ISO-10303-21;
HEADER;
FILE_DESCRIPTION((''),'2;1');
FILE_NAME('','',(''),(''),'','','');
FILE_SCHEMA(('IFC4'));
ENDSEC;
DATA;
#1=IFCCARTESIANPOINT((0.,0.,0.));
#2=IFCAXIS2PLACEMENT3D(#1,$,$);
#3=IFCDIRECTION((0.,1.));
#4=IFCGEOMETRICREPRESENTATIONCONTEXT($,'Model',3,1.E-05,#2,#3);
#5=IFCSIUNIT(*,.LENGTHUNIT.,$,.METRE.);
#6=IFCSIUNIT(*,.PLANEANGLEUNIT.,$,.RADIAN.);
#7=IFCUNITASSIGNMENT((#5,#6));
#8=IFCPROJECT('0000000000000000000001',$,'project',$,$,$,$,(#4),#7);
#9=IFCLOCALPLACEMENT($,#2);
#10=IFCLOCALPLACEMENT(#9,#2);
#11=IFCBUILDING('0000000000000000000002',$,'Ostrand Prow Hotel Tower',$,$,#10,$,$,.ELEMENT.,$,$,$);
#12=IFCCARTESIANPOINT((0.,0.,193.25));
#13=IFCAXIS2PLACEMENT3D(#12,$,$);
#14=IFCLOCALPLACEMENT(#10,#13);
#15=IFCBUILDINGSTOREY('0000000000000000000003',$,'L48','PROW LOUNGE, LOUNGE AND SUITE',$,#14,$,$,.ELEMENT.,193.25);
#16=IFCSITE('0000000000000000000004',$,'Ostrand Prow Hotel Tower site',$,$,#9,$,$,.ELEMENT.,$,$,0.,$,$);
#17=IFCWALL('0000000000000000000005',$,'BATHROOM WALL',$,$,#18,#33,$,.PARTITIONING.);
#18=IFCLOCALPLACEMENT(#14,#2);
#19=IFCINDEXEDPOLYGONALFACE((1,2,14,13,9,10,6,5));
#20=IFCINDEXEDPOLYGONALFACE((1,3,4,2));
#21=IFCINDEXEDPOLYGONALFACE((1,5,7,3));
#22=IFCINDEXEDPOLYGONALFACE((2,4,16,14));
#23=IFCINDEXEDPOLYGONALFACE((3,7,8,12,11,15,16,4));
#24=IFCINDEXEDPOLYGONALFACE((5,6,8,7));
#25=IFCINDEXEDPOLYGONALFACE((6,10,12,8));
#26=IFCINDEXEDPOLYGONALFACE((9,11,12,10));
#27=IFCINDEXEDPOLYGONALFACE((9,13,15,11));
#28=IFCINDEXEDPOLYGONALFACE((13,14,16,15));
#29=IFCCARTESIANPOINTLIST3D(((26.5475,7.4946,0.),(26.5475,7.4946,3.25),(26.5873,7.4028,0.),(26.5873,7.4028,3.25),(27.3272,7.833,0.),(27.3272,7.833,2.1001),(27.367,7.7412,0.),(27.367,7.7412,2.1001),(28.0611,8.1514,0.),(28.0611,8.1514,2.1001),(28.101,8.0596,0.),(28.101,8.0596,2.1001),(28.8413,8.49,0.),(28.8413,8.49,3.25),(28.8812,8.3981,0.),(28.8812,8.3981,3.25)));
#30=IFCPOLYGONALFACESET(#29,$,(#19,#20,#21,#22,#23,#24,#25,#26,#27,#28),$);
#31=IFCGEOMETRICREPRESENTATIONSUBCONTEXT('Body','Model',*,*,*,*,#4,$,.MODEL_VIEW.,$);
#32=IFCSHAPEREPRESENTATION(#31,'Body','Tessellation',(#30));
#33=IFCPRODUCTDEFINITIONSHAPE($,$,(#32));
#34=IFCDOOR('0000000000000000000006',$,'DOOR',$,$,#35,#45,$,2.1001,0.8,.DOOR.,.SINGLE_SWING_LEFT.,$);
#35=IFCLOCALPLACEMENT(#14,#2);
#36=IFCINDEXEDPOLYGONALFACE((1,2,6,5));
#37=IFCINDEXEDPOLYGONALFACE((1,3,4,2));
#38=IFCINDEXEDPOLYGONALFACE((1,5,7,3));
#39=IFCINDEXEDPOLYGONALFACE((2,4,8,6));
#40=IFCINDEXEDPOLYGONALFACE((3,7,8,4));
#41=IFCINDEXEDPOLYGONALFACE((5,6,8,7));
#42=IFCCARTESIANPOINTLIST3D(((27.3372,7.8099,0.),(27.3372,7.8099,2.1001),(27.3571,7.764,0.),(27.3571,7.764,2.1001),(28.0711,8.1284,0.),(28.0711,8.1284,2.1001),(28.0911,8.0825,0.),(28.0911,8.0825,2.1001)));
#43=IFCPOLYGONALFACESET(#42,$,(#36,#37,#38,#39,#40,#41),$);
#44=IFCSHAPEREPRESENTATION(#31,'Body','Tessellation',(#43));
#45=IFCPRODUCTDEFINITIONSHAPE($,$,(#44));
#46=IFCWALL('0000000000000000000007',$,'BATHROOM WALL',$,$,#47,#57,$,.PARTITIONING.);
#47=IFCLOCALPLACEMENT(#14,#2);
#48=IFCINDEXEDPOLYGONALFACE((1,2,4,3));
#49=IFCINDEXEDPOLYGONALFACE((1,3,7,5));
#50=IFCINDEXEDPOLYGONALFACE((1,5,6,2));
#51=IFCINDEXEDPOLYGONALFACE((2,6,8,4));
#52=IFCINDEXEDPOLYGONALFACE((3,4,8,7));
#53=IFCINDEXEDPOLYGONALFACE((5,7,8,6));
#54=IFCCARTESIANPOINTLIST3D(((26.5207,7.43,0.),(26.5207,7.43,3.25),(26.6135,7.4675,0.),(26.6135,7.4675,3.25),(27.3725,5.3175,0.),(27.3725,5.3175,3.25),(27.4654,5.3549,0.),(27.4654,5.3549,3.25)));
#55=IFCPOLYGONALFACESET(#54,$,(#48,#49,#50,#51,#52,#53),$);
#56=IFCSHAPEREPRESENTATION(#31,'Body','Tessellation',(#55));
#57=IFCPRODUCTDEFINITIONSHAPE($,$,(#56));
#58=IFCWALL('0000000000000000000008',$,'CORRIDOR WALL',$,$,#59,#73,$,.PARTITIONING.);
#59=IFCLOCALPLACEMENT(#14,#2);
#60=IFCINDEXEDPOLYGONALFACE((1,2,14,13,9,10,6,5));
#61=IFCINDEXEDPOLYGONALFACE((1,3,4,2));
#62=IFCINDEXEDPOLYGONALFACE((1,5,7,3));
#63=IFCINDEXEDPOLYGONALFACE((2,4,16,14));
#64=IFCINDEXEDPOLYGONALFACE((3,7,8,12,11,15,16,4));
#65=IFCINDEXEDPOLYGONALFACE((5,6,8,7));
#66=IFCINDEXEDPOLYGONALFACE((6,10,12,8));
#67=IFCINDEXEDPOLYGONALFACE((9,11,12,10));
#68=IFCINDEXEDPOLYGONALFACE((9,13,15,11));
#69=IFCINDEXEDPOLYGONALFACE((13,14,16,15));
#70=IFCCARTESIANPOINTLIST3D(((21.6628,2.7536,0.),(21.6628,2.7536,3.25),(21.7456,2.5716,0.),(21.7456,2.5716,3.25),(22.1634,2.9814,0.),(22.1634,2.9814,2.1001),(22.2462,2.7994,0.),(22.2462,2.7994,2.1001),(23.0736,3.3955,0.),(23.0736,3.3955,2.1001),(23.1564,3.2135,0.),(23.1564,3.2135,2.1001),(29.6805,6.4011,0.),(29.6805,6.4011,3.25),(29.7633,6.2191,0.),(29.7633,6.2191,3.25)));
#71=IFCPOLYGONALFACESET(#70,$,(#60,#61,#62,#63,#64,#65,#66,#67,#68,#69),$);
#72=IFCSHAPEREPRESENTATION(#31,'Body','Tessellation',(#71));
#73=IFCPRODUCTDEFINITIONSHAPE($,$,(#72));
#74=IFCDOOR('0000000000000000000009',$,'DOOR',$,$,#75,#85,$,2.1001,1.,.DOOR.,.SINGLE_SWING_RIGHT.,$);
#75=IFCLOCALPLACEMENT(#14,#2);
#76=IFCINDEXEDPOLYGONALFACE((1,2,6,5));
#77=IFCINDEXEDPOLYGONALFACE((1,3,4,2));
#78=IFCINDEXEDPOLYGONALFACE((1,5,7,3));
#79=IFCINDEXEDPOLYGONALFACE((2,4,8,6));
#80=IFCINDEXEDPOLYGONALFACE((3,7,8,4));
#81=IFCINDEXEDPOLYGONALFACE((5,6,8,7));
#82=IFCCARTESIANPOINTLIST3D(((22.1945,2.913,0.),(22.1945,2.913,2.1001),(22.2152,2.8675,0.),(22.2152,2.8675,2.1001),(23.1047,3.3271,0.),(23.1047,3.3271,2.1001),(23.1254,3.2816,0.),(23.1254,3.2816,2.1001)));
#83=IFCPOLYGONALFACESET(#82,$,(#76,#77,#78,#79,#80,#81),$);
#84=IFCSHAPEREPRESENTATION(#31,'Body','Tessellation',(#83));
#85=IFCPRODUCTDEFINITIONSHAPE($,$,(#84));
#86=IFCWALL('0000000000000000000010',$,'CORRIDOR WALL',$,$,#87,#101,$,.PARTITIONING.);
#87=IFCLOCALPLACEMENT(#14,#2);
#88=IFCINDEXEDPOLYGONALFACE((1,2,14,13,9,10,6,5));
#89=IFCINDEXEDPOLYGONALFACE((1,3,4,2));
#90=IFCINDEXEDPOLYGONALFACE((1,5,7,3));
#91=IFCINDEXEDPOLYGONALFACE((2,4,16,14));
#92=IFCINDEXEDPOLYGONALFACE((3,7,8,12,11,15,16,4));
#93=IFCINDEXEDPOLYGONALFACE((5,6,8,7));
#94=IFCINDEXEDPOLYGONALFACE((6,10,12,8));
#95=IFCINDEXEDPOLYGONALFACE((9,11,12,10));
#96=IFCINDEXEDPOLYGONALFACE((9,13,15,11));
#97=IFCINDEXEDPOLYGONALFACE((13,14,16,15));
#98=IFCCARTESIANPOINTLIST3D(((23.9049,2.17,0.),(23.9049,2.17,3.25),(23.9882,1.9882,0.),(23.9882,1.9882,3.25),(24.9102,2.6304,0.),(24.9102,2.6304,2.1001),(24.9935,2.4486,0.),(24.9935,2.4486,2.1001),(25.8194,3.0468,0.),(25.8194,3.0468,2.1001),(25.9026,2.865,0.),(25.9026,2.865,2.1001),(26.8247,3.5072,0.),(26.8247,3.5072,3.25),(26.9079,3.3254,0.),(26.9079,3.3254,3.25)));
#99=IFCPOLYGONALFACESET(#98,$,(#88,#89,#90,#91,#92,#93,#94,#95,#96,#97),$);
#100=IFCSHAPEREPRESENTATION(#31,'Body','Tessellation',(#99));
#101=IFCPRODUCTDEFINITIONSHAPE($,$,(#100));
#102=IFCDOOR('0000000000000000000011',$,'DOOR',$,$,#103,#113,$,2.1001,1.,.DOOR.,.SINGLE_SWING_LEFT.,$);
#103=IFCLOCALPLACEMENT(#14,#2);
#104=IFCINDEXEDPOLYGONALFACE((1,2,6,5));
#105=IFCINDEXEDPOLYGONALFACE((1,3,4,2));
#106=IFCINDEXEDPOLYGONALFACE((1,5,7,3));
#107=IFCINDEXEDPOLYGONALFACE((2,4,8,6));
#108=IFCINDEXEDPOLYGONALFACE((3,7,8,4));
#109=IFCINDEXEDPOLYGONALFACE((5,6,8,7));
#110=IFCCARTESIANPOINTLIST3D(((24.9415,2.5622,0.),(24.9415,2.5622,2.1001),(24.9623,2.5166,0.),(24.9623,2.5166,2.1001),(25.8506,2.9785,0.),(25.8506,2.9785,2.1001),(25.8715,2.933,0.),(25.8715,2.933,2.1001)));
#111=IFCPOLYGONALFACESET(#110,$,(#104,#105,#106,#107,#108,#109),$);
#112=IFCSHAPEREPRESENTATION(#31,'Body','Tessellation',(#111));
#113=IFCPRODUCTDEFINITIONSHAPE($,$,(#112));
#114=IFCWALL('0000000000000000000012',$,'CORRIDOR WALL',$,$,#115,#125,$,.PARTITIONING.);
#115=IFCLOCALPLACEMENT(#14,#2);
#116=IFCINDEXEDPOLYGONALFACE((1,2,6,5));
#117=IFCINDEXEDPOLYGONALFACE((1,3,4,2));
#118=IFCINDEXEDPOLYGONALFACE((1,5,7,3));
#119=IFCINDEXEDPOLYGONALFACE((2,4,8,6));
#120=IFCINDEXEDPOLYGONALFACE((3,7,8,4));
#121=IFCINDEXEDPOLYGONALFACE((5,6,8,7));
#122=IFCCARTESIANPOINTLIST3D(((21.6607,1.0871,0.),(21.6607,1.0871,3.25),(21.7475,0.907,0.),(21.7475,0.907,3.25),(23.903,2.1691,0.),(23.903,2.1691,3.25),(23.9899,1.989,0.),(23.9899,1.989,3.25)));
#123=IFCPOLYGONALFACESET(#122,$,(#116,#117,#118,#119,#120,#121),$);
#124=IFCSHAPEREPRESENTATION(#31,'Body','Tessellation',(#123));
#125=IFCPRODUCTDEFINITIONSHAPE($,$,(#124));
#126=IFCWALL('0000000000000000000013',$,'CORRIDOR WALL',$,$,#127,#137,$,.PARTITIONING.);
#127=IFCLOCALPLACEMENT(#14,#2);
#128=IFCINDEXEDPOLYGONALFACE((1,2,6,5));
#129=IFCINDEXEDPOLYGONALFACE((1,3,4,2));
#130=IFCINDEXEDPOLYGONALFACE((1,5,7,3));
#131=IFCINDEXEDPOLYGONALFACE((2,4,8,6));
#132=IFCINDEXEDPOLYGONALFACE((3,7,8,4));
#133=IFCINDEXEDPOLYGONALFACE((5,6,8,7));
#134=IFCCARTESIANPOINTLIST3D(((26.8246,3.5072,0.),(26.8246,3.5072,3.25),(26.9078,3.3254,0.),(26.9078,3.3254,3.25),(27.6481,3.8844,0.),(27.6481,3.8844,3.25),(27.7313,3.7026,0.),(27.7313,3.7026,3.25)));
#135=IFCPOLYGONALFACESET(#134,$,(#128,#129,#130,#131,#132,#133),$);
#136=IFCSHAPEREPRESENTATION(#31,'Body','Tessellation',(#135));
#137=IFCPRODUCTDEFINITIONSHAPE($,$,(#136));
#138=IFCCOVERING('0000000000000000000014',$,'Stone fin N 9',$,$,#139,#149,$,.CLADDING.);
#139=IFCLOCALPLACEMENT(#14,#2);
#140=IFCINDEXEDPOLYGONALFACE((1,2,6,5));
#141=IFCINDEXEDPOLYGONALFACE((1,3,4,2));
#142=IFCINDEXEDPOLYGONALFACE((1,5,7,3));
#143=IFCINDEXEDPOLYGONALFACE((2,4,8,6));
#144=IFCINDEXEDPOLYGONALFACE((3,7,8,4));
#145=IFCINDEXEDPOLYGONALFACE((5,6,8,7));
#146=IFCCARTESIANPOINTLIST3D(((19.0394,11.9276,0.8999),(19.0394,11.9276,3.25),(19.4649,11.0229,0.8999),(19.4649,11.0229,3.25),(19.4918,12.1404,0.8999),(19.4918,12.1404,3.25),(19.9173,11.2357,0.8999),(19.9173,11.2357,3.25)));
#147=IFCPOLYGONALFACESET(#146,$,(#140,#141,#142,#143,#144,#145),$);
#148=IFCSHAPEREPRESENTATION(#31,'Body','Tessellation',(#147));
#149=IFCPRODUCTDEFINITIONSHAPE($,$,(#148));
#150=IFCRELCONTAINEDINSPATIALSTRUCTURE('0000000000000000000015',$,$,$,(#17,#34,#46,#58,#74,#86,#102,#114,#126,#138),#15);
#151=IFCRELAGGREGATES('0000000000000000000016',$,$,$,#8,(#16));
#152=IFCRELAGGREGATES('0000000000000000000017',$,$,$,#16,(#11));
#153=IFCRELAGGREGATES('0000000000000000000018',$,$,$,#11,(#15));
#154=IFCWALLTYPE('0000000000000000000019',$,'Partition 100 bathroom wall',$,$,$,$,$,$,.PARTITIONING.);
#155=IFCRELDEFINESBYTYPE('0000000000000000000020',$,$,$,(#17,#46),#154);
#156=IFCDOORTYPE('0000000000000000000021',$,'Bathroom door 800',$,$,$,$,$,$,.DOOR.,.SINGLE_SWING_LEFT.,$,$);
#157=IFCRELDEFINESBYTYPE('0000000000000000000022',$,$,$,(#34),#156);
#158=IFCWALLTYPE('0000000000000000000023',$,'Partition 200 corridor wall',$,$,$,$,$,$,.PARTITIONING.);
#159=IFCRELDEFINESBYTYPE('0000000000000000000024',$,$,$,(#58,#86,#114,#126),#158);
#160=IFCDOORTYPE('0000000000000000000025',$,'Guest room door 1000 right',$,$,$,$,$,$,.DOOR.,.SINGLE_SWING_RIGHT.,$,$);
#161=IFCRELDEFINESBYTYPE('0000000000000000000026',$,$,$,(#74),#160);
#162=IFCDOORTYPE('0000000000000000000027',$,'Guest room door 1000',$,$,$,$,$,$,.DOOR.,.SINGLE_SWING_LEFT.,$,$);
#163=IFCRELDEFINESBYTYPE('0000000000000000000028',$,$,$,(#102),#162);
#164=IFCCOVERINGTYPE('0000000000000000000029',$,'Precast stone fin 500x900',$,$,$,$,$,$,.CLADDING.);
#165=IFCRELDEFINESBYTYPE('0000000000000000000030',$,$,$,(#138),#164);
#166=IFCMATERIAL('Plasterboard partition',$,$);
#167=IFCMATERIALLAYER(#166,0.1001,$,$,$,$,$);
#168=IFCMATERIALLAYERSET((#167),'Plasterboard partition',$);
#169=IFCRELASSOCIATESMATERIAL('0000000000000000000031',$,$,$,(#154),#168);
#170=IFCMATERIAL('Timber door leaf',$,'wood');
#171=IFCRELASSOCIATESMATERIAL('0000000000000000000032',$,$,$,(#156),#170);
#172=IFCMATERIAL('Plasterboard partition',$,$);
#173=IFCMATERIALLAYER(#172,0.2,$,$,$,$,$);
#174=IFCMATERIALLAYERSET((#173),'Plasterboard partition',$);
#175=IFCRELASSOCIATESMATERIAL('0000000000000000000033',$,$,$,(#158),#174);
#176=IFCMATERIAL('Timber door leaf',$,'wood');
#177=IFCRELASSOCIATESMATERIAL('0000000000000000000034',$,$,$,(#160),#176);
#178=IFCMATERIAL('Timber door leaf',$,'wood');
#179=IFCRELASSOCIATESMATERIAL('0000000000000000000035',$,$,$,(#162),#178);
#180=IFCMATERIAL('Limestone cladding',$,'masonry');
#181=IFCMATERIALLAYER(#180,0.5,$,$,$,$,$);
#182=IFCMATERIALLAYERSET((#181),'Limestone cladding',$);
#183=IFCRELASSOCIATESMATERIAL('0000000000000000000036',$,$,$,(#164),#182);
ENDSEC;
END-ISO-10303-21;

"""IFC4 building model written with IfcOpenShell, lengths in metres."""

from ifc_helpers import new_model, si_unit, direction, frame, frame_2d, origin, place, context, subcontext, project, spatial, rectangle, extrude, material, layer, layer_set, type_object, element, fill, save


model = new_model("IFC4")

# Units and contexts
model_context = context("Model", 3, precision=1e-05, world=origin(), true_north=direction((0.0, 1.0)))
body_context = subcontext(model_context, "Body", "Model", "MODEL_VIEW")
ifc_project = project(units=[si_unit("LENGTHUNIT", "METRE"), si_unit("PLANEANGLEUNIT", "RADIAN")], contexts=[model_context])

# Site, building, storey
site_placement = place(None, origin())
site = spatial("IfcSite", under=ifc_project, at=site_placement, Name="Ostrand Prow Hotel Tower site", CompositionType="ELEMENT", RefElevation=0.0)
building_placement = place(site_placement, origin())
building = spatial("IfcBuilding", under=site, at=building_placement, Name="Ostrand Prow Hotel Tower", CompositionType="ELEMENT")
storey_placement = place(building_placement, frame((0.0, 0.0, 193.25)))
storey = spatial("IfcBuildingStorey", under=building, at=storey_placement, Name="L48", Description="PROW LOUNGE, LOUNGE AND SUITE", CompositionType="ELEMENT", Elevation=193.25)

# Wall, opening, door
ifc_material_1 = material(Name="Plasterboard partition")
ifc_layer_1 = layer(ifc_material_1, 0.1001)
ifc_layer_set_1 = layer_set([ifc_layer_1], Name="Plasterboard partition")
wall_type_1 = type_object("IfcWallType", Name="Partition 100 bathroom wall", PredefinedType="PARTITIONING", material=ifc_layer_set_1)
wall_1_placement = place(storey_placement, frame((26.5674, 7.4487, 0.0), z_axis=(0.0, 0.0, 1.0), x_axis=(0.917363, 0.398051, 0.0)))
wall_1 = element("IfcWall", 1, at=wall_1_placement, inside=storey, type_object=wall_type_1, Name="BATHROOM WALL", PredefinedType="PARTITIONING", context=body_context, shape_type="SweptSolid", body=[
    extrude(rectangle(XDim=2.5005, YDim=0.1001, at=frame_2d((1.2502, 0.0))), origin(), (0.0, 0.0, 1.0), 3.25),
])
opening_1_placement = place(wall_1_placement, frame((0.8501, 0.0, 0.0)))
opening_1 = element("IfcOpeningElement", 2, at=opening_1_placement, cuts=wall_1, PredefinedType="OPENING", context=body_context, shape_type="SweptSolid", body=[
    extrude(rectangle(XDim=0.8, YDim=2.1001, at=frame_2d((0.3999, 1.05))), frame((0.0, 0.0601, 0.0), z_axis=(0.0, -1.0, 0.0), x_axis=(1.0, 0.0, 0.0)), (0.0, 0.0, 1.0), 0.1201),
])
ifc_material_2 = material(Name="Timber door leaf", Category="wood")
door_type_1 = type_object("IfcDoorType", Name="Bathroom door 800", OperationType="SINGLE_SWING_LEFT", PredefinedType="DOOR", material=ifc_material_2)
door_1_placement = place(opening_1_placement, origin())
door_1 = element("IfcDoor", 3, at=door_1_placement, inside=storey, type_object=door_type_1, Name="DOOR", OperationType="SINGLE_SWING_LEFT", OverallHeight=2.1001, OverallWidth=0.8, PredefinedType="DOOR", context=body_context, shape_type="SweptSolid", body=[
    extrude(rectangle(XDim=0.8, YDim=2.1001, at=frame_2d((0.3999, 1.05))), frame((0.0, 0.0249, 0.0), z_axis=(0.0, -1.0, 0.0), x_axis=(1.0, 0.0, 0.0)), (0.0, 0.0, 1.0), 0.05),
])
fill(opening_1, door_1)

# Wall
wall_2_placement = place(storey_placement, frame((27.4189, 5.3362, 0.0), z_axis=(0.0, 0.0, 1.0), x_axis=(-0.373958, 0.927446, 0.0)))
element("IfcWall", 4, at=wall_2_placement, inside=storey, type_object=wall_type_1, Name="BATHROOM WALL", PredefinedType="PARTITIONING", context=body_context, shape_type="SweptSolid", body=[
    extrude(rectangle(XDim=2.2778, YDim=0.1001, at=frame_2d((1.1389, 0.0))), origin(), (0.0, 0.0, 1.0), 3.25),
])

# Walls, openings, doors
ifc_material_3 = material(Name="Plasterboard partition")
ifc_layer_2 = layer(ifc_material_3, 0.2)
ifc_layer_set_2 = layer_set([ifc_layer_2], Name="Plasterboard partition")
wall_type_2 = type_object("IfcWallType", Name="Partition 200 corridor wall", PredefinedType="PARTITIONING", material=ifc_layer_set_2)
wall_3_placement = place(storey_placement, frame((21.7041, 2.6626, 0.0), z_axis=(0.0, 0.0, 1.0), x_axis=(0.910234, 0.414095, 0.0)))
wall_3 = element("IfcWall", 5, at=wall_3_placement, inside=storey, type_object=wall_type_2, Name="CORRIDOR WALL", PredefinedType="PARTITIONING", context=body_context, shape_type="SweptSolid", body=[
    extrude(rectangle(XDim=8.8083, YDim=0.2, at=frame_2d((4.4043, 0.0))), origin(), (0.0, 0.0, 1.0), 3.25),
])
opening_2_placement = place(wall_3_placement, frame((0.55, 0.0, 0.0)))
opening_2 = element("IfcOpeningElement", 6, at=opening_2_placement, cuts=wall_3, PredefinedType="OPENING", context=body_context, shape_type="SweptSolid", body=[
    extrude(rectangle(XDim=1.0, YDim=2.1001, at=frame_2d((0.5, 1.05))), frame((0.0, 0.1099, 0.0), z_axis=(0.0, -1.0, 0.0), x_axis=(1.0, 0.0, 0.0)), (0.0, 0.0, 1.0), 0.22),
])
ifc_material_4 = material(Name="Timber door leaf", Category="wood")
door_type_2 = type_object("IfcDoorType", Name="Guest room door 1000 right", OperationType="SINGLE_SWING_RIGHT", PredefinedType="DOOR", material=ifc_material_4)
door_2_placement = place(opening_2_placement, origin())
door_2 = element("IfcDoor", 7, at=door_2_placement, inside=storey, type_object=door_type_2, Name="DOOR", OperationType="SINGLE_SWING_RIGHT", OverallHeight=2.1001, OverallWidth=1.0, PredefinedType="DOOR", context=body_context, shape_type="SweptSolid", body=[
    extrude(rectangle(XDim=1.0, YDim=2.1001, at=frame_2d((0.5, 1.05))), frame((0.0, 0.0249, 0.0), z_axis=(0.0, -1.0, 0.0), x_axis=(1.0, 0.0, 0.0)), (0.0, 0.0, 1.0), 0.05),
])
fill(opening_2, door_2)
wall_4_placement = place(storey_placement, frame((23.9465, 2.0791, 0.0), z_axis=(0.0, 0.0, 1.0), x_axis=(0.909186, 0.41639, 0.0)))
wall_4 = element("IfcWall", 8, at=wall_4_placement, inside=storey, type_object=wall_type_2, Name="CORRIDOR WALL", PredefinedType="PARTITIONING", context=body_context, shape_type="SweptSolid", body=[
    extrude(rectangle(XDim=3.2114, YDim=0.2, at=frame_2d((1.6057, 0.0))), origin(), (0.0, 0.0, 1.0), 3.25),
])
opening_3_placement = place(wall_4_placement, frame((1.1057, 0.0, 0.0)))
opening_3 = element("IfcOpeningElement", 9, at=opening_3_placement, cuts=wall_4, PredefinedType="OPENING", context=body_context, shape_type="SweptSolid", body=[
    extrude(rectangle(XDim=1.0, YDim=2.1001, at=frame_2d((0.5, 1.05))), frame((0.0, 0.1099, 0.0), z_axis=(0.0, -1.0, 0.0), x_axis=(1.0, 0.0, 0.0)), (0.0, 0.0, 1.0), 0.22),
])
ifc_material_5 = material(Name="Timber door leaf", Category="wood")
door_type_3 = type_object("IfcDoorType", Name="Guest room door 1000", OperationType="SINGLE_SWING_LEFT", PredefinedType="DOOR", material=ifc_material_5)
door_3_placement = place(opening_3_placement, origin())
door_3 = element("IfcDoor", 10, at=door_3_placement, inside=storey, type_object=door_type_3, Name="DOOR", OperationType="SINGLE_SWING_LEFT", OverallHeight=2.1001, OverallWidth=1.0, PredefinedType="DOOR", context=body_context, shape_type="SweptSolid", body=[
    extrude(rectangle(XDim=1.0, YDim=2.1001, at=frame_2d((0.5, 1.05))), frame((0.0, 0.0249, 0.0), z_axis=(0.0, -1.0, 0.0), x_axis=(1.0, 0.0, 0.0)), (0.0, 0.0, 1.0), 0.05),
])
fill(opening_3, door_3)

# Walls
wall_5_placement = place(storey_placement, frame((21.7041, 0.9971, 0.0), z_axis=(0.0, 0.0, 1.0), x_axis=(0.900634, 0.434579, 0.0)))
element("IfcWall", 11, at=wall_5_placement, inside=storey, type_object=wall_type_2, Name="CORRIDOR WALL", PredefinedType="PARTITIONING", context=body_context, shape_type="SweptSolid", body=[
    extrude(rectangle(XDim=2.4897, YDim=0.2, at=frame_2d((1.2449, 0.0))), origin(), (0.0, 0.0, 1.0), 3.25),
])
wall_6_placement = place(storey_placement, frame((26.8662, 3.4163, 0.0), z_axis=(0.0, 0.0, 1.0), x_axis=(0.909163, 0.416441, 0.0)))
element("IfcWall", 12, at=wall_6_placement, inside=storey, type_object=wall_type_2, Name="CORRIDOR WALL", PredefinedType="PARTITIONING", context=body_context, shape_type="SweptSolid", body=[
    extrude(rectangle(XDim=0.9058, YDim=0.2, at=frame_2d((0.4529, 0.0))), origin(), (0.0, 0.0, 1.0), 3.25),
])

# Covering
ifc_material_6 = material(Name="Limestone cladding", Category="masonry")
ifc_layer_3 = layer(ifc_material_6, 0.5)
ifc_layer_set_3 = layer_set([ifc_layer_3], Name="Limestone cladding")
covering_type = type_object("IfcCoveringType", Name="Precast stone fin 500x900", PredefinedType="CLADDING", material=ifc_layer_set_3)
covering_placement = place(storey_placement, frame((19.6912, 11.1292, 0.8999), z_axis=(0.0, 0.0, 1.0), x_axis=(-0.425597, 0.904913, 0.0)))
element("IfcCovering", 13, at=covering_placement, inside=storey, type_object=covering_type, Name="Stone fin N 9", PredefinedType="CLADDING", context=body_context, shape_type="SweptSolid", body=[
    extrude(rectangle(XDim=0.9998, YDim=0.5, at=frame_2d((0.5, 0.0))), origin(), (0.0, 0.0, 1.0), 2.3501),
])

save(model, "model.ifc")
